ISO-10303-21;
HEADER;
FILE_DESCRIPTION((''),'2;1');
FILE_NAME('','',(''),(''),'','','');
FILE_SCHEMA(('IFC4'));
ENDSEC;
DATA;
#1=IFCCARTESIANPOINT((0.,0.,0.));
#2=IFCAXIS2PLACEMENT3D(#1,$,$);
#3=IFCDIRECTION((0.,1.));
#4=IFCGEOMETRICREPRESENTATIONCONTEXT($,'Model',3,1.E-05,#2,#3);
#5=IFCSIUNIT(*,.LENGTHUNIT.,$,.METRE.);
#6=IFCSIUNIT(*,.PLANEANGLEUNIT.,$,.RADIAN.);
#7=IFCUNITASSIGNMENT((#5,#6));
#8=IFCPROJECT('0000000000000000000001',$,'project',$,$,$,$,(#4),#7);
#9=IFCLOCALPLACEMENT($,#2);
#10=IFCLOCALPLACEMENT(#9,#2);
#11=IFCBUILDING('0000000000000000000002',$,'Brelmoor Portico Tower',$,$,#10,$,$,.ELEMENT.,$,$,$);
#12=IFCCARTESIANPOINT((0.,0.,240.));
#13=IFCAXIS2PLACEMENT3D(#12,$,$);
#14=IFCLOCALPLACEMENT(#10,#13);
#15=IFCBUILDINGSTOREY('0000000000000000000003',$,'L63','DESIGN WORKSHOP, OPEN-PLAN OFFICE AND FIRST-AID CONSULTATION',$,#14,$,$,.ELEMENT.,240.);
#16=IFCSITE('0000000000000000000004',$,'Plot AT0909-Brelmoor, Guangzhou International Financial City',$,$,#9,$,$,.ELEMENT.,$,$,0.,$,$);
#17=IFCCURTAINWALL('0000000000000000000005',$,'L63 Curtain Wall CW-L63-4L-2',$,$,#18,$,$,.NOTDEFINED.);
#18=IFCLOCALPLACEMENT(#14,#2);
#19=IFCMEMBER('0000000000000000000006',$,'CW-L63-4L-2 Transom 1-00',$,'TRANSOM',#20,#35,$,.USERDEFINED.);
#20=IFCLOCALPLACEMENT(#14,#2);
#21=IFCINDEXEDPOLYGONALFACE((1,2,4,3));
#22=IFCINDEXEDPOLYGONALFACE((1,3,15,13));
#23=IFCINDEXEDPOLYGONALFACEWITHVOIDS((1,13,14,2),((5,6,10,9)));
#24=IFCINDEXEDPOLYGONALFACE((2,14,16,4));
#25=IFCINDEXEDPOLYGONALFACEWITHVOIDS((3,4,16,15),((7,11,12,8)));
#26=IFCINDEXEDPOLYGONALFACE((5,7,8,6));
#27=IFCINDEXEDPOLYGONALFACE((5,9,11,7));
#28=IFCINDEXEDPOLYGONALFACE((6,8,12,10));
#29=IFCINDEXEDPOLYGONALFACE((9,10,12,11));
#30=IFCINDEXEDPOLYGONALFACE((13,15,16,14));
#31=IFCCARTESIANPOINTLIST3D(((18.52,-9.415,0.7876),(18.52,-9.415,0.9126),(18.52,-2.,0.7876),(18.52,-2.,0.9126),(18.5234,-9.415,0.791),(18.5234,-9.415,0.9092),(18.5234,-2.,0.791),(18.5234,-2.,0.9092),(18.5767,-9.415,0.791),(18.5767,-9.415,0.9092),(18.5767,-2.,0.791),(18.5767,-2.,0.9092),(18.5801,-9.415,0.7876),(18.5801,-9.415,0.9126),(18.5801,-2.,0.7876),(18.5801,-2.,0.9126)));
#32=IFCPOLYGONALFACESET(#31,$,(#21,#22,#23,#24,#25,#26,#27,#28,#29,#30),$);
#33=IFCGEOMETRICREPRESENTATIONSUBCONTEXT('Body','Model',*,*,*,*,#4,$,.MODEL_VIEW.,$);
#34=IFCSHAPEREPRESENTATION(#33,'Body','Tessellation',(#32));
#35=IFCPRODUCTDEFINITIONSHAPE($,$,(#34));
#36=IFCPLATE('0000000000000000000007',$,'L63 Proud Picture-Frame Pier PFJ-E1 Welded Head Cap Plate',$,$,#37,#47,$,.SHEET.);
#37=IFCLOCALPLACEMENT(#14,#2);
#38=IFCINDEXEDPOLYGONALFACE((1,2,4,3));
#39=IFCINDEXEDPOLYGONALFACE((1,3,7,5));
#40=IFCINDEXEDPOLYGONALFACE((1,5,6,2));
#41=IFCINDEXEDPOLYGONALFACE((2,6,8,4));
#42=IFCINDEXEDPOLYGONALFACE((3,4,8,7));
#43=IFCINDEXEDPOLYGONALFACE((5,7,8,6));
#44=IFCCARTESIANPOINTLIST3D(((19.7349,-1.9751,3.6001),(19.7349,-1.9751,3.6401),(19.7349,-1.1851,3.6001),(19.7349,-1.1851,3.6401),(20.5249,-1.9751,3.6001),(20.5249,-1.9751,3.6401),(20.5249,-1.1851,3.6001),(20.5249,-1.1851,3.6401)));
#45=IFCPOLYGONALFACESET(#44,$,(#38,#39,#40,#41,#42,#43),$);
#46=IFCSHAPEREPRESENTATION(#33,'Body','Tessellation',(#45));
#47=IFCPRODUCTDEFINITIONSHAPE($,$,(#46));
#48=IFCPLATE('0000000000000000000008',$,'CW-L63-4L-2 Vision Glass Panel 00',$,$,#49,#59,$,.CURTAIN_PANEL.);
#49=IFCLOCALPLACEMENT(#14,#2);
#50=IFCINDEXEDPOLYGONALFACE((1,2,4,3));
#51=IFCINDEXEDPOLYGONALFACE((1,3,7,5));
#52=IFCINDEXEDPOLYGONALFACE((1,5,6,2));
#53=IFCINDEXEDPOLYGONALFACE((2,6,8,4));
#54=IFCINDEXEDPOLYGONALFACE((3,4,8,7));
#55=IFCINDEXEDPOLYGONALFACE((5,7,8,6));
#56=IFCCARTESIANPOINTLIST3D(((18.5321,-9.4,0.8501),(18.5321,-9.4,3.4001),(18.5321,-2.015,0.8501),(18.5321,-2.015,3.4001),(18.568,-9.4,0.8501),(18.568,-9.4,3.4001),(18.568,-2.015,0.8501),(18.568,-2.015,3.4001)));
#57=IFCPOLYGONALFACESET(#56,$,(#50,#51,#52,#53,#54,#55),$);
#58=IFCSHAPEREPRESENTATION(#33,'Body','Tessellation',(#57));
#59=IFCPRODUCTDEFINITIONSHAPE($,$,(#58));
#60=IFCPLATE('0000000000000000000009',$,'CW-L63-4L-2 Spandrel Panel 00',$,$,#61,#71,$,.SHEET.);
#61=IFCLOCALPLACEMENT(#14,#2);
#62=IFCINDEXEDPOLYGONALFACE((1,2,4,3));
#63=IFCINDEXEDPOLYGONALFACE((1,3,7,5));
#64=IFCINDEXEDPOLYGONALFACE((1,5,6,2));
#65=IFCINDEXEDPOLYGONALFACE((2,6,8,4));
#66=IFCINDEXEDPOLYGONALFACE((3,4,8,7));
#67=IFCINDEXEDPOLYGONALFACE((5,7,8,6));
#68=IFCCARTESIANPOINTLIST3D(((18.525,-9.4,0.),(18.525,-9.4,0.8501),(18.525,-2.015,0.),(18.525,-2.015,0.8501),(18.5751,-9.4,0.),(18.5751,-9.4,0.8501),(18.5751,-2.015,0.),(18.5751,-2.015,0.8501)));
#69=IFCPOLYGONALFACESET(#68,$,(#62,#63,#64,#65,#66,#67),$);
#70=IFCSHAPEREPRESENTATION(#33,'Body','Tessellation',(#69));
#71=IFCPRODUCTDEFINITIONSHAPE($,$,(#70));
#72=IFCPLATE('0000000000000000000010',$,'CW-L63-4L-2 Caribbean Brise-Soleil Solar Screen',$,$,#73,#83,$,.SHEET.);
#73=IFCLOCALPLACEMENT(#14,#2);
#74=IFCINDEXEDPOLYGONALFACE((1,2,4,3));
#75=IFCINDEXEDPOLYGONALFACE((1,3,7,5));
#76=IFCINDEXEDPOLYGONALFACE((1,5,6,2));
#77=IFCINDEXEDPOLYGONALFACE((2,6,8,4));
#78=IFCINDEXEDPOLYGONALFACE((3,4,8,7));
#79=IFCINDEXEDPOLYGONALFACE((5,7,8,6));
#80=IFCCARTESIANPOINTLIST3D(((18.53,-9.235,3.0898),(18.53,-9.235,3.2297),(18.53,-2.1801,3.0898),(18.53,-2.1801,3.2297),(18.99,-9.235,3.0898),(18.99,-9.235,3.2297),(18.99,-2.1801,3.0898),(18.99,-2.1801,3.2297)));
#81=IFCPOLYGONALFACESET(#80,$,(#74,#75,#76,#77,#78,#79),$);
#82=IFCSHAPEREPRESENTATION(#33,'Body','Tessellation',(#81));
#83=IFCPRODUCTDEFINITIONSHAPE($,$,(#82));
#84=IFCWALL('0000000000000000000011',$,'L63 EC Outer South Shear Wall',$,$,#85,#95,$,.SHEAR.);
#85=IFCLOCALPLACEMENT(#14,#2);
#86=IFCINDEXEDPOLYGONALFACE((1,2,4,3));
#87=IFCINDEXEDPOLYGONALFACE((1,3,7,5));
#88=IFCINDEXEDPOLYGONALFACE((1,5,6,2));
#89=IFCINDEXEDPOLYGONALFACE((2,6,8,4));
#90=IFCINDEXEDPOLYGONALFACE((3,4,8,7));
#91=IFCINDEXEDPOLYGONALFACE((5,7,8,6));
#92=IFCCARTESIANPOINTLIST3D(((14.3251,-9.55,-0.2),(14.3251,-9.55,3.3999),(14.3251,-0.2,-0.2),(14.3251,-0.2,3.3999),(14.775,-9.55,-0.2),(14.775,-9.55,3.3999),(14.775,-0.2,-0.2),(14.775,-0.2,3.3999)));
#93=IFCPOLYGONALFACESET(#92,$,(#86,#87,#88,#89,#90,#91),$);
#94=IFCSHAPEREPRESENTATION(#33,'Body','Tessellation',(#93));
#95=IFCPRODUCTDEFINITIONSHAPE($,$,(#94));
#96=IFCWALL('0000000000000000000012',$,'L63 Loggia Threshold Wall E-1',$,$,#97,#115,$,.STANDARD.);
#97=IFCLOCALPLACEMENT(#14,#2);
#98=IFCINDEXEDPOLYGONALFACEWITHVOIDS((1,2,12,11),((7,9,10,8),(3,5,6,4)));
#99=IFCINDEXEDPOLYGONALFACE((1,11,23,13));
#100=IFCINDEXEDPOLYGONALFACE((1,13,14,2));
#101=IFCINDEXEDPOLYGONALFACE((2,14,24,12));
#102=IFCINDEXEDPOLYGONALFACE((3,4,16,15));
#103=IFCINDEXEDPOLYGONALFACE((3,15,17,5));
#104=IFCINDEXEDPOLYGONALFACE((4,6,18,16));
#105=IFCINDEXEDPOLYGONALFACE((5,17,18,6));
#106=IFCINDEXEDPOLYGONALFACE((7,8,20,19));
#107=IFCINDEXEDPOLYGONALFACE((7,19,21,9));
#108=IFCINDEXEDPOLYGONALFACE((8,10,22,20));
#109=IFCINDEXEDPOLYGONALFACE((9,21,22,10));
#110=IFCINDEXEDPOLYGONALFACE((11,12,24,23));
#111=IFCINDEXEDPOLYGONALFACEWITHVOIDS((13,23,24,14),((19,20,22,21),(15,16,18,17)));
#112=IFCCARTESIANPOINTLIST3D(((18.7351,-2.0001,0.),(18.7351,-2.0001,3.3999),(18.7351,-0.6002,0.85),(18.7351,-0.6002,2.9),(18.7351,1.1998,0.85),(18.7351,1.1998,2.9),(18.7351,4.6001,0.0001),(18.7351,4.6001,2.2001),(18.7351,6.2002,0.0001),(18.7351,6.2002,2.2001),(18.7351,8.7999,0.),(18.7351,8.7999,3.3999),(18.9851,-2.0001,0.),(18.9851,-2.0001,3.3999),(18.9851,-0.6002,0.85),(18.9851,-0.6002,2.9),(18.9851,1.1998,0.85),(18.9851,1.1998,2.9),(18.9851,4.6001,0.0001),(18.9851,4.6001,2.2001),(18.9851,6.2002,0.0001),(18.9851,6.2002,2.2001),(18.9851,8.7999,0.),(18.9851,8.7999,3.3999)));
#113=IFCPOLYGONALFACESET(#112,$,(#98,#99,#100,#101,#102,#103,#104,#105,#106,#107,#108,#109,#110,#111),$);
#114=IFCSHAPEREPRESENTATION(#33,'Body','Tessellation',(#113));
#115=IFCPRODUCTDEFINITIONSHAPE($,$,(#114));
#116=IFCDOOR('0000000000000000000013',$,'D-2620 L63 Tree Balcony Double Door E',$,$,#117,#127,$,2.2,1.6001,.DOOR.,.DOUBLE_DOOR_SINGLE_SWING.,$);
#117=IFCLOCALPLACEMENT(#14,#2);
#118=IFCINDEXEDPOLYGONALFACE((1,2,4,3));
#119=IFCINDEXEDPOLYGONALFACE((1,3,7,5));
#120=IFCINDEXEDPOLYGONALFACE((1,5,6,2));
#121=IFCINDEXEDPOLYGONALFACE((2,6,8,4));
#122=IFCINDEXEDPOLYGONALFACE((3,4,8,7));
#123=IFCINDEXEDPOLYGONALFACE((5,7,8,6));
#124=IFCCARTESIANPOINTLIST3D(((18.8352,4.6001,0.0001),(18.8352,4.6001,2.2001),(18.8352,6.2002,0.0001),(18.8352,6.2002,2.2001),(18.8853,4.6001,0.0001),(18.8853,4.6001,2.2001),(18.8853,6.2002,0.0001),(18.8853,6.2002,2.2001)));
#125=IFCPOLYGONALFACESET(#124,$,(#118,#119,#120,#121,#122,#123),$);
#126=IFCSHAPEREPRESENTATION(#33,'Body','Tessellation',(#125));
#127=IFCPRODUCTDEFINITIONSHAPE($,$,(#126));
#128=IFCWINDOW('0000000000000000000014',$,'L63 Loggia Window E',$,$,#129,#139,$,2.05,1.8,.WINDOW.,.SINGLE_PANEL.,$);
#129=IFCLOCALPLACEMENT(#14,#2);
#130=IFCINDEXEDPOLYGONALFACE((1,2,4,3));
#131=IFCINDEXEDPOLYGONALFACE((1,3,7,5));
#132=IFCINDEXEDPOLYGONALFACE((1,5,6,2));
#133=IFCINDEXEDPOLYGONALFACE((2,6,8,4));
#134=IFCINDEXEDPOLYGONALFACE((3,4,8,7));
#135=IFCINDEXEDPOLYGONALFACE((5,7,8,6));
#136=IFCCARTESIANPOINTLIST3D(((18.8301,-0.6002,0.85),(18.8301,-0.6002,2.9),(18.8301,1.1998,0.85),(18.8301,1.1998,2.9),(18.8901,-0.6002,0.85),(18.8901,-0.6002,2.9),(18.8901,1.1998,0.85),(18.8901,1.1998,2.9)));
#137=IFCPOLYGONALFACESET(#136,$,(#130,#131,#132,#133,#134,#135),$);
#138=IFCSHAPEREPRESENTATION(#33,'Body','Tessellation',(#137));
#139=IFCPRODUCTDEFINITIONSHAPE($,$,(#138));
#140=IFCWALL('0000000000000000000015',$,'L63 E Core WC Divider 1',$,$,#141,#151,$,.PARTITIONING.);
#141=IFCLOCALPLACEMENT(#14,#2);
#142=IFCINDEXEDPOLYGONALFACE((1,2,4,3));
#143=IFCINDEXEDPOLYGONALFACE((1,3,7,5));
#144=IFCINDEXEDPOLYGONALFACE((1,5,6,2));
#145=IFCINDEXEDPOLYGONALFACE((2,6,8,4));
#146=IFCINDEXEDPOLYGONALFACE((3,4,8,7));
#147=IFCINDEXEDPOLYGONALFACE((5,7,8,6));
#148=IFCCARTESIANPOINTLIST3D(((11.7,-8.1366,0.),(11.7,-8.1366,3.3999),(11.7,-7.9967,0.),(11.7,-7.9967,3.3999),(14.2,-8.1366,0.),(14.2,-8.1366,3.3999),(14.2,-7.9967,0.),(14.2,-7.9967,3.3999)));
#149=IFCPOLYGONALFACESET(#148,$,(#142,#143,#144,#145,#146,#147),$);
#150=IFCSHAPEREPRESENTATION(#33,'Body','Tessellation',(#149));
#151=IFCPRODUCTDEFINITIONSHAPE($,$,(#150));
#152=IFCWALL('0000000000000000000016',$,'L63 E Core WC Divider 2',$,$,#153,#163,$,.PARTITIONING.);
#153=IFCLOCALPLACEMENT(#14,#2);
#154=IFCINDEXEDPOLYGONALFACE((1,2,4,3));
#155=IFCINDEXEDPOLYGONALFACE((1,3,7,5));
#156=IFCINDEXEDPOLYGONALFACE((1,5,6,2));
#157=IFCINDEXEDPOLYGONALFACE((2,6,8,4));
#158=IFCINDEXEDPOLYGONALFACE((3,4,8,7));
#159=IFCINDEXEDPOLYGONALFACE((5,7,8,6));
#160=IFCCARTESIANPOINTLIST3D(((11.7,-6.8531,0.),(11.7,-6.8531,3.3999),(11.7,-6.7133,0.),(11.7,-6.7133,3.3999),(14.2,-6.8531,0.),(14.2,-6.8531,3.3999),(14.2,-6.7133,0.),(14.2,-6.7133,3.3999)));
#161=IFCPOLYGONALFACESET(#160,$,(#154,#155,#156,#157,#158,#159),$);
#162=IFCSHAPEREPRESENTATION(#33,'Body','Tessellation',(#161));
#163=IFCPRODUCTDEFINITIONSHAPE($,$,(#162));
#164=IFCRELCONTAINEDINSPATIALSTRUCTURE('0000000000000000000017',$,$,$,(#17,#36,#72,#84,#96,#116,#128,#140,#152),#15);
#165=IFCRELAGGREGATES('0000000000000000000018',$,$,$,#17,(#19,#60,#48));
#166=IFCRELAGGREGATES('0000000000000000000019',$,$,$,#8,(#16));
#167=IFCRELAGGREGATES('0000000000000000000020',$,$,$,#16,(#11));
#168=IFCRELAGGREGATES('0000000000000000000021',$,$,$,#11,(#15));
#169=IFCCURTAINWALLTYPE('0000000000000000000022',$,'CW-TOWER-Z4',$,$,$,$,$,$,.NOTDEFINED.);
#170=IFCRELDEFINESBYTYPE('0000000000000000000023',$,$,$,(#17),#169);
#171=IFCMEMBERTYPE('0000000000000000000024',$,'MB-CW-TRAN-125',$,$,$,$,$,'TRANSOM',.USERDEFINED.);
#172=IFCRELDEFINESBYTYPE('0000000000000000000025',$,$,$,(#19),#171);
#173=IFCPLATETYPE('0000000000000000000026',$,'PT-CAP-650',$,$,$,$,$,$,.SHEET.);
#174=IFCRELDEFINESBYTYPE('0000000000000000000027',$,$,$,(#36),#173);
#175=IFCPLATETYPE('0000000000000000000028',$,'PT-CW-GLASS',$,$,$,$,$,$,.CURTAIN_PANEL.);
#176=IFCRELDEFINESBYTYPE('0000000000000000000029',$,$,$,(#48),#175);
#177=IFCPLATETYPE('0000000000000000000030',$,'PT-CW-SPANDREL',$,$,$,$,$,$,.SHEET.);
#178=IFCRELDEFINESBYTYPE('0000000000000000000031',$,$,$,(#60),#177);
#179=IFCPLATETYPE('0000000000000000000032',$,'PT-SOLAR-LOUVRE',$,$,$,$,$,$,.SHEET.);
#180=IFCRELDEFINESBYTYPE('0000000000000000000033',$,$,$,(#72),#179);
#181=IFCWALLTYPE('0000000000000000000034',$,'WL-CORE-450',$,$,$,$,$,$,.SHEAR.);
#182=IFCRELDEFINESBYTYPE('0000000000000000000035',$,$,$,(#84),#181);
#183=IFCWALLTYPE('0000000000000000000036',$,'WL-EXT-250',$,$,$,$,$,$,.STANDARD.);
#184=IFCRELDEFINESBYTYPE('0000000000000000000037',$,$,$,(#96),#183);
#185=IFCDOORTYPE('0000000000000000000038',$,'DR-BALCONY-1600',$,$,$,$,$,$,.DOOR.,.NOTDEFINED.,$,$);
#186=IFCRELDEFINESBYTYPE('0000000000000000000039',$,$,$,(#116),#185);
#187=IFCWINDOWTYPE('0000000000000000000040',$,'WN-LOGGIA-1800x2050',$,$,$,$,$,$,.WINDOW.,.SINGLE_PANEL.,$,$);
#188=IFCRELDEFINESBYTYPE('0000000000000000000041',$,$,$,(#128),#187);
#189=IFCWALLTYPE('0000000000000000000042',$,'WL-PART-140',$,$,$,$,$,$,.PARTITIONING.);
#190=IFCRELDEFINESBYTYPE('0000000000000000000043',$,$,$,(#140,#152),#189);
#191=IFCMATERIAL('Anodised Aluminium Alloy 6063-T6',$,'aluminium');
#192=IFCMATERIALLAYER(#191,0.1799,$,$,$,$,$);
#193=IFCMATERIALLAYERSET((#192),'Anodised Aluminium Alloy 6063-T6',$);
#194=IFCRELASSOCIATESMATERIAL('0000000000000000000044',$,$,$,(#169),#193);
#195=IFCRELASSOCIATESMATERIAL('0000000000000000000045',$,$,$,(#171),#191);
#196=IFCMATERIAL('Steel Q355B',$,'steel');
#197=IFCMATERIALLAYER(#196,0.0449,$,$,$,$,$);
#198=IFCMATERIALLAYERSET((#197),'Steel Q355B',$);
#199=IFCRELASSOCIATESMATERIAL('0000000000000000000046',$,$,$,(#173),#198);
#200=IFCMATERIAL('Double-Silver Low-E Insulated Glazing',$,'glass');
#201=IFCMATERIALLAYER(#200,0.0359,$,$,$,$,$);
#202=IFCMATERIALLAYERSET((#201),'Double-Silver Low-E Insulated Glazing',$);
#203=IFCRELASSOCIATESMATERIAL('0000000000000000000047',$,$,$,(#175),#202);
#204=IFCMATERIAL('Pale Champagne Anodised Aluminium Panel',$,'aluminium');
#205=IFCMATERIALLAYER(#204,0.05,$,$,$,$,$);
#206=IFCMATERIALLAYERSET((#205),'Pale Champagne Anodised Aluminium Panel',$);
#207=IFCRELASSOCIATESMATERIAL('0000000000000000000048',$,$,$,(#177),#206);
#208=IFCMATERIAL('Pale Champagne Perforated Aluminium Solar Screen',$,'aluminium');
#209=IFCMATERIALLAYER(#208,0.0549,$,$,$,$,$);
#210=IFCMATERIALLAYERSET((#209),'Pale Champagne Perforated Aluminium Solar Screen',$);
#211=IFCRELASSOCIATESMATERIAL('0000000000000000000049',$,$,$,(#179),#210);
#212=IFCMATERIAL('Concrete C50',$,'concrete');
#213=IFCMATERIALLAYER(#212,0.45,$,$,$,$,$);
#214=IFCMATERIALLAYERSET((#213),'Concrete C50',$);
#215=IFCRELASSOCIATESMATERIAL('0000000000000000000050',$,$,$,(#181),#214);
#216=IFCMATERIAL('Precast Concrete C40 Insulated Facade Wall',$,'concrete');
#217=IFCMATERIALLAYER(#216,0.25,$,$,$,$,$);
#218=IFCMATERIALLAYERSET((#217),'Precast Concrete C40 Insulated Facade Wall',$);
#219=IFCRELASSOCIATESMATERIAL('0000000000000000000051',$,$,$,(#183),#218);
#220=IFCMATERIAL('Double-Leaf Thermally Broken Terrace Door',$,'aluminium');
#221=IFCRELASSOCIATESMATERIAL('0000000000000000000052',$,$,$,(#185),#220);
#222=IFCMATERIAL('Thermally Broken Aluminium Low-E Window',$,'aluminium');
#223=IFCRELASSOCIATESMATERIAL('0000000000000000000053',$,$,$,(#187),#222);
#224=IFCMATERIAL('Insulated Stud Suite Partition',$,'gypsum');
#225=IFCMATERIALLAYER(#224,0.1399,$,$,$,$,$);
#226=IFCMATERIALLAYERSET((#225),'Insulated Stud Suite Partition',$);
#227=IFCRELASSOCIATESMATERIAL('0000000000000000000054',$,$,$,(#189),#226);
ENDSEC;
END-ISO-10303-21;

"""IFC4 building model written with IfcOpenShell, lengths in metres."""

from ifc_helpers import new_model, si_unit, direction, frame, frame_2d, origin, origin_2d, place, context, subcontext, project, spatial, rectangle, hollow_rectangle, extrude, material, layer, layer_set, material_profile, profile_set, type_object, element, fill, aggregate, save


model = new_model("IFC4")

# Units and contexts
model_context = context("Model", 3, precision=1e-05, world=origin(), true_north=direction((0.0, 1.0)))
body_context = subcontext(model_context, "Body", "Model", "MODEL_VIEW")
ifc_project = project(units=[si_unit("LENGTHUNIT", "METRE"), si_unit("PLANEANGLEUNIT", "RADIAN")], contexts=[model_context])

# Site, building, storey
site_placement = place(None, origin())
site = spatial("IfcSite", under=ifc_project, at=site_placement, Name="Plot AT0909-Brelmoor, Guangzhou International Financial City", CompositionType="ELEMENT", RefElevation=0.0)
building_placement = place(site_placement, origin())
building = spatial("IfcBuilding", under=site, at=building_placement, Name="Brelmoor Portico Tower", CompositionType="ELEMENT")
storey_placement = place(building_placement, frame((0.0, 0.0, 240.0)))
storey = spatial("IfcBuildingStorey", under=building, at=storey_placement, Name="L63", Description="DESIGN WORKSHOP, OPEN-PLAN OFFICE AND FIRST-AID CONSULTATION", CompositionType="ELEMENT", Elevation=240.0)

# Shared definitions
ifc_material_1 = material(Name="Steel Q355B", Category="steel")

# Curtain wall, member
ifc_material_2 = material(Name="Anodised Aluminium Alloy 6063-T6", Category="aluminium")
ifc_layer_1 = layer(ifc_material_2, 0.1799)
ifc_layer_set_1 = layer_set([ifc_layer_1], Name="Anodised Aluminium Alloy 6063-T6")
curtain_wall_type = type_object("IfcCurtainWallType", Name="CW-TOWER-Z4", PredefinedType="NOTDEFINED", material=ifc_layer_set_1)
curtain_wall_placement = place(storey_placement, origin())
curtain_wall = element("IfcCurtainWall", 1, at=curtain_wall_placement, inside=storey, type_object=curtain_wall_type, Name="L63 Curtain Wall CW-L63-4L-2", PredefinedType="NOTDEFINED")
ifc_material_profile_1 = material_profile(ifc_material_2, hollow_rectangle(XDim=0.0601, YDim=0.125, WallThickness=0.0034, at=origin_2d()), Name="ALU TRANSOM 60x125")
ifc_profile_set_1 = profile_set([ifc_material_profile_1], Name="Anodised Aluminium Alloy 6063-T6")
member_type_1 = type_object("IfcMemberType", Name="MB-CW-TRAN-125", ElementType="TRANSOM", PredefinedType="USERDEFINED", material=ifc_profile_set_1)
member_1_placement = place(storey_placement, frame((18.55, -9.415, 0.8501), z_axis=(0.0, 1.0, 0.0), x_axis=(-1.0, 0.0, 0.0)))
member_1 = element("IfcMember", 2, at=member_1_placement, type_object=member_type_1, Name="CW-L63-4L-2 Transom 1-00", ObjectType="TRANSOM", PredefinedType="USERDEFINED", context=body_context, shape_type="SweptSolid", body=[
    extrude(hollow_rectangle(XDim=0.0601, YDim=0.125, WallThickness=0.0034, at=origin_2d()), origin(), (0.0, 0.0, 1.0), 7.415),
])

# Plates
ifc_layer_2 = layer(ifc_material_1, 0.0449)
ifc_layer_set_2 = layer_set([ifc_layer_2], Name="Steel Q355B")
plate_type_1 = type_object("IfcPlateType", Name="PT-CAP-650", PredefinedType="SHEET", material=ifc_layer_set_2)
plate_1_placement = place(storey_placement, frame((20.1299, -1.5801, 3.6001), z_axis=(0.0, 0.0, 1.0), x_axis=(0.0, 1.0, 0.0)))
element("IfcPlate", 3, at=plate_1_placement, inside=storey, type_object=plate_type_1, Name="L63 Proud Picture-Frame Pier PFJ-E1 Welded Head Cap Plate", PredefinedType="SHEET", context=body_context, shape_type="SweptSolid", body=[
    extrude(rectangle(XDim=0.79, YDim=0.79, at=origin_2d()), origin(), (0.0, 0.0, 1.0), 0.04),
])
ifc_material_3 = material(Name="Double-Silver Low-E Insulated Glazing", Category="glass")
ifc_layer_3 = layer(ifc_material_3, 0.0359)
ifc_layer_set_3 = layer_set([ifc_layer_3], Name="Double-Silver Low-E Insulated Glazing")
plate_type_2 = type_object("IfcPlateType", Name="PT-CW-GLASS", PredefinedType="CURTAIN_PANEL", material=ifc_layer_set_3)
plate_2_placement = place(storey_placement, frame((18.55, -5.7075, 0.8501), z_axis=(0.0, 0.0, 1.0), x_axis=(0.0, 1.0, 0.0)))
plate_2 = element("IfcPlate", 4, at=plate_2_placement, type_object=plate_type_2, Name="CW-L63-4L-2 Vision Glass Panel 00", PredefinedType="CURTAIN_PANEL", context=body_context, shape_type="SweptSolid", body=[
    extrude(rectangle(XDim=7.385, YDim=0.0359, at=origin_2d()), origin(), (0.0, 0.0, 1.0), 2.55),
])
ifc_material_4 = material(Name="Pale Champagne Anodised Aluminium Panel", Category="aluminium")
ifc_layer_4 = layer(ifc_material_4, 0.05)
ifc_layer_set_4 = layer_set([ifc_layer_4], Name="Pale Champagne Anodised Aluminium Panel")
plate_type_3 = type_object("IfcPlateType", Name="PT-CW-SPANDREL", PredefinedType="SHEET", material=ifc_layer_set_4)
plate_3_placement = place(storey_placement, frame((18.55, -5.7075, 0.0), z_axis=(0.0, 0.0, 1.0), x_axis=(0.0, 1.0, 0.0)))
plate_3 = element("IfcPlate", 5, at=plate_3_placement, type_object=plate_type_3, Name="CW-L63-4L-2 Spandrel Panel 00", PredefinedType="SHEET", context=body_context, shape_type="SweptSolid", body=[
    extrude(rectangle(XDim=7.385, YDim=0.05, at=origin_2d()), origin(), (0.0, 0.0, 1.0), 0.8501),
])
aggregate(curtain_wall, [member_1, plate_3, plate_2])
ifc_material_5 = material(Name="Pale Champagne Perforated Aluminium Solar Screen", Category="aluminium")
ifc_layer_5 = layer(ifc_material_5, 0.0549)
ifc_layer_set_5 = layer_set([ifc_layer_5], Name="Pale Champagne Perforated Aluminium Solar Screen")
plate_type_4 = type_object("IfcPlateType", Name="PT-SOLAR-LOUVRE", PredefinedType="SHEET", material=ifc_layer_set_5)
plate_4_placement = place(storey_placement, frame((18.76, -5.7075, 3.0898), z_axis=(0.0, 0.0, 1.0), x_axis=(0.0, 1.0, 0.0)))
element("IfcPlate", 6, at=plate_4_placement, inside=storey, type_object=plate_type_4, Name="CW-L63-4L-2 Caribbean Brise-Soleil Solar Screen", PredefinedType="SHEET", context=body_context, shape_type="SweptSolid", body=[
    extrude(rectangle(XDim=7.0549, YDim=0.46, at=origin_2d()), origin(), (0.0, 0.0, 1.0), 0.1399),
])

# Wall
ifc_material_6 = material(Name="Concrete C50", Category="concrete")
ifc_layer_6 = layer(ifc_material_6, 0.45)
ifc_layer_set_6 = layer_set([ifc_layer_6], Name="Concrete C50")
wall_type_1 = type_object("IfcWallType", Name="WL-CORE-450", PredefinedType="SHEAR", material=ifc_layer_set_6)
wall_1_placement = place(storey_placement, frame((14.55, -9.55, -0.2), z_axis=(0.0, 0.0, 1.0), x_axis=(0.0, 1.0, 0.0)))
element("IfcWall", 7, at=wall_1_placement, inside=storey, type_object=wall_type_1, Name="L63 EC Outer South Shear Wall", PredefinedType="SHEAR", context=body_context, shape_type="SweptSolid", body=[
    extrude(rectangle(XDim=9.3501, YDim=0.45, at=frame_2d((4.675, 0.0))), origin(), (0.0, 0.0, 1.0), 3.5999),
])

# Wall, openings, door, window
ifc_material_7 = material(Name="Precast Concrete C40 Insulated Facade Wall", Category="concrete")
ifc_layer_7 = layer(ifc_material_7, 0.25)
ifc_layer_set_7 = layer_set([ifc_layer_7], Name="Precast Concrete C40 Insulated Facade Wall")
wall_type_2 = type_object("IfcWallType", Name="WL-EXT-250", PredefinedType="STANDARD", material=ifc_layer_set_7)
wall_2_placement = place(storey_placement, frame((18.8601, -2.0, 0.0), z_axis=(0.0, 0.0, 1.0), x_axis=(0.0, 1.0, 0.0)))
wall_2 = element("IfcWall", 8, at=wall_2_placement, inside=storey, type_object=wall_type_2, Name="L63 Loggia Threshold Wall E-1", PredefinedType="STANDARD", context=body_context, shape_type="SweptSolid", body=[
    extrude(rectangle(XDim=10.8, YDim=0.25, at=frame_2d((5.3999, 0.0))), origin(), (0.0, 0.0, 1.0), 3.3999),
])
opening_1_placement = place(wall_2_placement, frame((6.6001, 0.0, 0.0)))
opening_1 = element("IfcOpeningElement", 9, at=opening_1_placement, cuts=wall_2, PredefinedType="OPENING", context=body_context, shape_type="SweptSolid", body=[
    extrude(rectangle(XDim=1.6001, YDim=2.2, at=frame_2d((0.8, 1.1001))), frame((0.0, 0.135, 0.0), z_axis=(0.0, -1.0, 0.0), x_axis=(1.0, 0.0, 0.0)), (0.0, 0.0, 1.0), 0.27),
])
opening_2_placement = place(wall_2_placement, frame((1.3999, 0.0, 0.8501)))
opening_2 = element("IfcOpeningElement", 10, at=opening_2_placement, cuts=wall_2, PredefinedType="OPENING", context=body_context, shape_type="SweptSolid", body=[
    extrude(rectangle(XDim=1.8, YDim=2.05, at=frame_2d((0.8999, 1.0249))), frame((0.0, 0.135, 0.0), z_axis=(0.0, -1.0, 0.0), x_axis=(1.0, 0.0, 0.0)), (0.0, 0.0, 1.0), 0.27),
])
ifc_material_8 = material(Name="Double-Leaf Thermally Broken Terrace Door", Category="aluminium")
door_type = type_object("IfcDoorType", Name="DR-BALCONY-1600", OperationType="NOTDEFINED", PredefinedType="DOOR", material=ifc_material_8)
door_placement = place(opening_1_placement, origin())
door = element("IfcDoor", 11, at=door_placement, inside=storey, type_object=door_type, Name="D-2620 L63 Tree Balcony Double Door E", OperationType="DOUBLE_DOOR_SINGLE_SWING", OverallHeight=2.2, OverallWidth=1.6001, PredefinedType="DOOR", context=body_context, shape_type="SweptSolid", body=[
    extrude(rectangle(XDim=1.6001, YDim=2.2, at=frame_2d((0.8, 1.1001))), frame((0.0, 0.0249, 0.0), z_axis=(0.0, -1.0, 0.0), x_axis=(1.0, 0.0, 0.0)), (0.0, 0.0, 1.0), 0.05),
])
fill(opening_1, door)
ifc_material_9 = material(Name="Thermally Broken Aluminium Low-E Window", Category="aluminium")
window_type = type_object("IfcWindowType", Name="WN-LOGGIA-1800x2050", PartitioningType="SINGLE_PANEL", PredefinedType="WINDOW", material=ifc_material_9)
window_placement = place(opening_2_placement, origin())
window = element("IfcWindow", 12, at=window_placement, inside=storey, type_object=window_type, Name="L63 Loggia Window E", OverallHeight=2.05, OverallWidth=1.8, PartitioningType="SINGLE_PANEL", PredefinedType="WINDOW", context=body_context, shape_type="SweptSolid", body=[
    extrude(rectangle(XDim=1.8, YDim=2.05, at=frame_2d((0.8999, 1.0249))), frame((0.0, 0.03, 0.0), z_axis=(0.0, -1.0, 0.0), x_axis=(1.0, 0.0, 0.0)), (0.0, 0.0, 1.0), 0.0601),
])
fill(opening_2, window)

# Walls
ifc_material_10 = material(Name="Insulated Stud Suite Partition", Category="gypsum")
ifc_layer_8 = layer(ifc_material_10, 0.1399)
ifc_layer_set_8 = layer_set([ifc_layer_8], Name="Insulated Stud Suite Partition")
wall_type_3 = type_object("IfcWallType", Name="WL-PART-140", PredefinedType="PARTITIONING", material=ifc_layer_set_8)
for number, where, z_axis, x_axis, name in (
    (13, (11.7, -8.0667, 0.0), (0.0, 0.0, 1.0), (1.0, 0.0, 0.0), "L63 E Core WC Divider 1"),
    (14, (11.7, -6.7832, 0.0), (0.0, 0.0, 1.0), (1.0, 0.0, 0.0), "L63 E Core WC Divider 2"),
):
    element("IfcWall", number, at=place(storey_placement, frame(where, z_axis=z_axis, x_axis=x_axis)), inside=storey, type_object=wall_type_3, Name=name, PredefinedType="PARTITIONING", context=body_context, shape_type="SweptSolid", body=[
        extrude(rectangle(XDim=2.5, YDim=0.1399, at=frame_2d((1.25, 0.0))), origin(), (0.0, 0.0, 1.0), 3.3999),
    ])

save(model, "model.ifc")
